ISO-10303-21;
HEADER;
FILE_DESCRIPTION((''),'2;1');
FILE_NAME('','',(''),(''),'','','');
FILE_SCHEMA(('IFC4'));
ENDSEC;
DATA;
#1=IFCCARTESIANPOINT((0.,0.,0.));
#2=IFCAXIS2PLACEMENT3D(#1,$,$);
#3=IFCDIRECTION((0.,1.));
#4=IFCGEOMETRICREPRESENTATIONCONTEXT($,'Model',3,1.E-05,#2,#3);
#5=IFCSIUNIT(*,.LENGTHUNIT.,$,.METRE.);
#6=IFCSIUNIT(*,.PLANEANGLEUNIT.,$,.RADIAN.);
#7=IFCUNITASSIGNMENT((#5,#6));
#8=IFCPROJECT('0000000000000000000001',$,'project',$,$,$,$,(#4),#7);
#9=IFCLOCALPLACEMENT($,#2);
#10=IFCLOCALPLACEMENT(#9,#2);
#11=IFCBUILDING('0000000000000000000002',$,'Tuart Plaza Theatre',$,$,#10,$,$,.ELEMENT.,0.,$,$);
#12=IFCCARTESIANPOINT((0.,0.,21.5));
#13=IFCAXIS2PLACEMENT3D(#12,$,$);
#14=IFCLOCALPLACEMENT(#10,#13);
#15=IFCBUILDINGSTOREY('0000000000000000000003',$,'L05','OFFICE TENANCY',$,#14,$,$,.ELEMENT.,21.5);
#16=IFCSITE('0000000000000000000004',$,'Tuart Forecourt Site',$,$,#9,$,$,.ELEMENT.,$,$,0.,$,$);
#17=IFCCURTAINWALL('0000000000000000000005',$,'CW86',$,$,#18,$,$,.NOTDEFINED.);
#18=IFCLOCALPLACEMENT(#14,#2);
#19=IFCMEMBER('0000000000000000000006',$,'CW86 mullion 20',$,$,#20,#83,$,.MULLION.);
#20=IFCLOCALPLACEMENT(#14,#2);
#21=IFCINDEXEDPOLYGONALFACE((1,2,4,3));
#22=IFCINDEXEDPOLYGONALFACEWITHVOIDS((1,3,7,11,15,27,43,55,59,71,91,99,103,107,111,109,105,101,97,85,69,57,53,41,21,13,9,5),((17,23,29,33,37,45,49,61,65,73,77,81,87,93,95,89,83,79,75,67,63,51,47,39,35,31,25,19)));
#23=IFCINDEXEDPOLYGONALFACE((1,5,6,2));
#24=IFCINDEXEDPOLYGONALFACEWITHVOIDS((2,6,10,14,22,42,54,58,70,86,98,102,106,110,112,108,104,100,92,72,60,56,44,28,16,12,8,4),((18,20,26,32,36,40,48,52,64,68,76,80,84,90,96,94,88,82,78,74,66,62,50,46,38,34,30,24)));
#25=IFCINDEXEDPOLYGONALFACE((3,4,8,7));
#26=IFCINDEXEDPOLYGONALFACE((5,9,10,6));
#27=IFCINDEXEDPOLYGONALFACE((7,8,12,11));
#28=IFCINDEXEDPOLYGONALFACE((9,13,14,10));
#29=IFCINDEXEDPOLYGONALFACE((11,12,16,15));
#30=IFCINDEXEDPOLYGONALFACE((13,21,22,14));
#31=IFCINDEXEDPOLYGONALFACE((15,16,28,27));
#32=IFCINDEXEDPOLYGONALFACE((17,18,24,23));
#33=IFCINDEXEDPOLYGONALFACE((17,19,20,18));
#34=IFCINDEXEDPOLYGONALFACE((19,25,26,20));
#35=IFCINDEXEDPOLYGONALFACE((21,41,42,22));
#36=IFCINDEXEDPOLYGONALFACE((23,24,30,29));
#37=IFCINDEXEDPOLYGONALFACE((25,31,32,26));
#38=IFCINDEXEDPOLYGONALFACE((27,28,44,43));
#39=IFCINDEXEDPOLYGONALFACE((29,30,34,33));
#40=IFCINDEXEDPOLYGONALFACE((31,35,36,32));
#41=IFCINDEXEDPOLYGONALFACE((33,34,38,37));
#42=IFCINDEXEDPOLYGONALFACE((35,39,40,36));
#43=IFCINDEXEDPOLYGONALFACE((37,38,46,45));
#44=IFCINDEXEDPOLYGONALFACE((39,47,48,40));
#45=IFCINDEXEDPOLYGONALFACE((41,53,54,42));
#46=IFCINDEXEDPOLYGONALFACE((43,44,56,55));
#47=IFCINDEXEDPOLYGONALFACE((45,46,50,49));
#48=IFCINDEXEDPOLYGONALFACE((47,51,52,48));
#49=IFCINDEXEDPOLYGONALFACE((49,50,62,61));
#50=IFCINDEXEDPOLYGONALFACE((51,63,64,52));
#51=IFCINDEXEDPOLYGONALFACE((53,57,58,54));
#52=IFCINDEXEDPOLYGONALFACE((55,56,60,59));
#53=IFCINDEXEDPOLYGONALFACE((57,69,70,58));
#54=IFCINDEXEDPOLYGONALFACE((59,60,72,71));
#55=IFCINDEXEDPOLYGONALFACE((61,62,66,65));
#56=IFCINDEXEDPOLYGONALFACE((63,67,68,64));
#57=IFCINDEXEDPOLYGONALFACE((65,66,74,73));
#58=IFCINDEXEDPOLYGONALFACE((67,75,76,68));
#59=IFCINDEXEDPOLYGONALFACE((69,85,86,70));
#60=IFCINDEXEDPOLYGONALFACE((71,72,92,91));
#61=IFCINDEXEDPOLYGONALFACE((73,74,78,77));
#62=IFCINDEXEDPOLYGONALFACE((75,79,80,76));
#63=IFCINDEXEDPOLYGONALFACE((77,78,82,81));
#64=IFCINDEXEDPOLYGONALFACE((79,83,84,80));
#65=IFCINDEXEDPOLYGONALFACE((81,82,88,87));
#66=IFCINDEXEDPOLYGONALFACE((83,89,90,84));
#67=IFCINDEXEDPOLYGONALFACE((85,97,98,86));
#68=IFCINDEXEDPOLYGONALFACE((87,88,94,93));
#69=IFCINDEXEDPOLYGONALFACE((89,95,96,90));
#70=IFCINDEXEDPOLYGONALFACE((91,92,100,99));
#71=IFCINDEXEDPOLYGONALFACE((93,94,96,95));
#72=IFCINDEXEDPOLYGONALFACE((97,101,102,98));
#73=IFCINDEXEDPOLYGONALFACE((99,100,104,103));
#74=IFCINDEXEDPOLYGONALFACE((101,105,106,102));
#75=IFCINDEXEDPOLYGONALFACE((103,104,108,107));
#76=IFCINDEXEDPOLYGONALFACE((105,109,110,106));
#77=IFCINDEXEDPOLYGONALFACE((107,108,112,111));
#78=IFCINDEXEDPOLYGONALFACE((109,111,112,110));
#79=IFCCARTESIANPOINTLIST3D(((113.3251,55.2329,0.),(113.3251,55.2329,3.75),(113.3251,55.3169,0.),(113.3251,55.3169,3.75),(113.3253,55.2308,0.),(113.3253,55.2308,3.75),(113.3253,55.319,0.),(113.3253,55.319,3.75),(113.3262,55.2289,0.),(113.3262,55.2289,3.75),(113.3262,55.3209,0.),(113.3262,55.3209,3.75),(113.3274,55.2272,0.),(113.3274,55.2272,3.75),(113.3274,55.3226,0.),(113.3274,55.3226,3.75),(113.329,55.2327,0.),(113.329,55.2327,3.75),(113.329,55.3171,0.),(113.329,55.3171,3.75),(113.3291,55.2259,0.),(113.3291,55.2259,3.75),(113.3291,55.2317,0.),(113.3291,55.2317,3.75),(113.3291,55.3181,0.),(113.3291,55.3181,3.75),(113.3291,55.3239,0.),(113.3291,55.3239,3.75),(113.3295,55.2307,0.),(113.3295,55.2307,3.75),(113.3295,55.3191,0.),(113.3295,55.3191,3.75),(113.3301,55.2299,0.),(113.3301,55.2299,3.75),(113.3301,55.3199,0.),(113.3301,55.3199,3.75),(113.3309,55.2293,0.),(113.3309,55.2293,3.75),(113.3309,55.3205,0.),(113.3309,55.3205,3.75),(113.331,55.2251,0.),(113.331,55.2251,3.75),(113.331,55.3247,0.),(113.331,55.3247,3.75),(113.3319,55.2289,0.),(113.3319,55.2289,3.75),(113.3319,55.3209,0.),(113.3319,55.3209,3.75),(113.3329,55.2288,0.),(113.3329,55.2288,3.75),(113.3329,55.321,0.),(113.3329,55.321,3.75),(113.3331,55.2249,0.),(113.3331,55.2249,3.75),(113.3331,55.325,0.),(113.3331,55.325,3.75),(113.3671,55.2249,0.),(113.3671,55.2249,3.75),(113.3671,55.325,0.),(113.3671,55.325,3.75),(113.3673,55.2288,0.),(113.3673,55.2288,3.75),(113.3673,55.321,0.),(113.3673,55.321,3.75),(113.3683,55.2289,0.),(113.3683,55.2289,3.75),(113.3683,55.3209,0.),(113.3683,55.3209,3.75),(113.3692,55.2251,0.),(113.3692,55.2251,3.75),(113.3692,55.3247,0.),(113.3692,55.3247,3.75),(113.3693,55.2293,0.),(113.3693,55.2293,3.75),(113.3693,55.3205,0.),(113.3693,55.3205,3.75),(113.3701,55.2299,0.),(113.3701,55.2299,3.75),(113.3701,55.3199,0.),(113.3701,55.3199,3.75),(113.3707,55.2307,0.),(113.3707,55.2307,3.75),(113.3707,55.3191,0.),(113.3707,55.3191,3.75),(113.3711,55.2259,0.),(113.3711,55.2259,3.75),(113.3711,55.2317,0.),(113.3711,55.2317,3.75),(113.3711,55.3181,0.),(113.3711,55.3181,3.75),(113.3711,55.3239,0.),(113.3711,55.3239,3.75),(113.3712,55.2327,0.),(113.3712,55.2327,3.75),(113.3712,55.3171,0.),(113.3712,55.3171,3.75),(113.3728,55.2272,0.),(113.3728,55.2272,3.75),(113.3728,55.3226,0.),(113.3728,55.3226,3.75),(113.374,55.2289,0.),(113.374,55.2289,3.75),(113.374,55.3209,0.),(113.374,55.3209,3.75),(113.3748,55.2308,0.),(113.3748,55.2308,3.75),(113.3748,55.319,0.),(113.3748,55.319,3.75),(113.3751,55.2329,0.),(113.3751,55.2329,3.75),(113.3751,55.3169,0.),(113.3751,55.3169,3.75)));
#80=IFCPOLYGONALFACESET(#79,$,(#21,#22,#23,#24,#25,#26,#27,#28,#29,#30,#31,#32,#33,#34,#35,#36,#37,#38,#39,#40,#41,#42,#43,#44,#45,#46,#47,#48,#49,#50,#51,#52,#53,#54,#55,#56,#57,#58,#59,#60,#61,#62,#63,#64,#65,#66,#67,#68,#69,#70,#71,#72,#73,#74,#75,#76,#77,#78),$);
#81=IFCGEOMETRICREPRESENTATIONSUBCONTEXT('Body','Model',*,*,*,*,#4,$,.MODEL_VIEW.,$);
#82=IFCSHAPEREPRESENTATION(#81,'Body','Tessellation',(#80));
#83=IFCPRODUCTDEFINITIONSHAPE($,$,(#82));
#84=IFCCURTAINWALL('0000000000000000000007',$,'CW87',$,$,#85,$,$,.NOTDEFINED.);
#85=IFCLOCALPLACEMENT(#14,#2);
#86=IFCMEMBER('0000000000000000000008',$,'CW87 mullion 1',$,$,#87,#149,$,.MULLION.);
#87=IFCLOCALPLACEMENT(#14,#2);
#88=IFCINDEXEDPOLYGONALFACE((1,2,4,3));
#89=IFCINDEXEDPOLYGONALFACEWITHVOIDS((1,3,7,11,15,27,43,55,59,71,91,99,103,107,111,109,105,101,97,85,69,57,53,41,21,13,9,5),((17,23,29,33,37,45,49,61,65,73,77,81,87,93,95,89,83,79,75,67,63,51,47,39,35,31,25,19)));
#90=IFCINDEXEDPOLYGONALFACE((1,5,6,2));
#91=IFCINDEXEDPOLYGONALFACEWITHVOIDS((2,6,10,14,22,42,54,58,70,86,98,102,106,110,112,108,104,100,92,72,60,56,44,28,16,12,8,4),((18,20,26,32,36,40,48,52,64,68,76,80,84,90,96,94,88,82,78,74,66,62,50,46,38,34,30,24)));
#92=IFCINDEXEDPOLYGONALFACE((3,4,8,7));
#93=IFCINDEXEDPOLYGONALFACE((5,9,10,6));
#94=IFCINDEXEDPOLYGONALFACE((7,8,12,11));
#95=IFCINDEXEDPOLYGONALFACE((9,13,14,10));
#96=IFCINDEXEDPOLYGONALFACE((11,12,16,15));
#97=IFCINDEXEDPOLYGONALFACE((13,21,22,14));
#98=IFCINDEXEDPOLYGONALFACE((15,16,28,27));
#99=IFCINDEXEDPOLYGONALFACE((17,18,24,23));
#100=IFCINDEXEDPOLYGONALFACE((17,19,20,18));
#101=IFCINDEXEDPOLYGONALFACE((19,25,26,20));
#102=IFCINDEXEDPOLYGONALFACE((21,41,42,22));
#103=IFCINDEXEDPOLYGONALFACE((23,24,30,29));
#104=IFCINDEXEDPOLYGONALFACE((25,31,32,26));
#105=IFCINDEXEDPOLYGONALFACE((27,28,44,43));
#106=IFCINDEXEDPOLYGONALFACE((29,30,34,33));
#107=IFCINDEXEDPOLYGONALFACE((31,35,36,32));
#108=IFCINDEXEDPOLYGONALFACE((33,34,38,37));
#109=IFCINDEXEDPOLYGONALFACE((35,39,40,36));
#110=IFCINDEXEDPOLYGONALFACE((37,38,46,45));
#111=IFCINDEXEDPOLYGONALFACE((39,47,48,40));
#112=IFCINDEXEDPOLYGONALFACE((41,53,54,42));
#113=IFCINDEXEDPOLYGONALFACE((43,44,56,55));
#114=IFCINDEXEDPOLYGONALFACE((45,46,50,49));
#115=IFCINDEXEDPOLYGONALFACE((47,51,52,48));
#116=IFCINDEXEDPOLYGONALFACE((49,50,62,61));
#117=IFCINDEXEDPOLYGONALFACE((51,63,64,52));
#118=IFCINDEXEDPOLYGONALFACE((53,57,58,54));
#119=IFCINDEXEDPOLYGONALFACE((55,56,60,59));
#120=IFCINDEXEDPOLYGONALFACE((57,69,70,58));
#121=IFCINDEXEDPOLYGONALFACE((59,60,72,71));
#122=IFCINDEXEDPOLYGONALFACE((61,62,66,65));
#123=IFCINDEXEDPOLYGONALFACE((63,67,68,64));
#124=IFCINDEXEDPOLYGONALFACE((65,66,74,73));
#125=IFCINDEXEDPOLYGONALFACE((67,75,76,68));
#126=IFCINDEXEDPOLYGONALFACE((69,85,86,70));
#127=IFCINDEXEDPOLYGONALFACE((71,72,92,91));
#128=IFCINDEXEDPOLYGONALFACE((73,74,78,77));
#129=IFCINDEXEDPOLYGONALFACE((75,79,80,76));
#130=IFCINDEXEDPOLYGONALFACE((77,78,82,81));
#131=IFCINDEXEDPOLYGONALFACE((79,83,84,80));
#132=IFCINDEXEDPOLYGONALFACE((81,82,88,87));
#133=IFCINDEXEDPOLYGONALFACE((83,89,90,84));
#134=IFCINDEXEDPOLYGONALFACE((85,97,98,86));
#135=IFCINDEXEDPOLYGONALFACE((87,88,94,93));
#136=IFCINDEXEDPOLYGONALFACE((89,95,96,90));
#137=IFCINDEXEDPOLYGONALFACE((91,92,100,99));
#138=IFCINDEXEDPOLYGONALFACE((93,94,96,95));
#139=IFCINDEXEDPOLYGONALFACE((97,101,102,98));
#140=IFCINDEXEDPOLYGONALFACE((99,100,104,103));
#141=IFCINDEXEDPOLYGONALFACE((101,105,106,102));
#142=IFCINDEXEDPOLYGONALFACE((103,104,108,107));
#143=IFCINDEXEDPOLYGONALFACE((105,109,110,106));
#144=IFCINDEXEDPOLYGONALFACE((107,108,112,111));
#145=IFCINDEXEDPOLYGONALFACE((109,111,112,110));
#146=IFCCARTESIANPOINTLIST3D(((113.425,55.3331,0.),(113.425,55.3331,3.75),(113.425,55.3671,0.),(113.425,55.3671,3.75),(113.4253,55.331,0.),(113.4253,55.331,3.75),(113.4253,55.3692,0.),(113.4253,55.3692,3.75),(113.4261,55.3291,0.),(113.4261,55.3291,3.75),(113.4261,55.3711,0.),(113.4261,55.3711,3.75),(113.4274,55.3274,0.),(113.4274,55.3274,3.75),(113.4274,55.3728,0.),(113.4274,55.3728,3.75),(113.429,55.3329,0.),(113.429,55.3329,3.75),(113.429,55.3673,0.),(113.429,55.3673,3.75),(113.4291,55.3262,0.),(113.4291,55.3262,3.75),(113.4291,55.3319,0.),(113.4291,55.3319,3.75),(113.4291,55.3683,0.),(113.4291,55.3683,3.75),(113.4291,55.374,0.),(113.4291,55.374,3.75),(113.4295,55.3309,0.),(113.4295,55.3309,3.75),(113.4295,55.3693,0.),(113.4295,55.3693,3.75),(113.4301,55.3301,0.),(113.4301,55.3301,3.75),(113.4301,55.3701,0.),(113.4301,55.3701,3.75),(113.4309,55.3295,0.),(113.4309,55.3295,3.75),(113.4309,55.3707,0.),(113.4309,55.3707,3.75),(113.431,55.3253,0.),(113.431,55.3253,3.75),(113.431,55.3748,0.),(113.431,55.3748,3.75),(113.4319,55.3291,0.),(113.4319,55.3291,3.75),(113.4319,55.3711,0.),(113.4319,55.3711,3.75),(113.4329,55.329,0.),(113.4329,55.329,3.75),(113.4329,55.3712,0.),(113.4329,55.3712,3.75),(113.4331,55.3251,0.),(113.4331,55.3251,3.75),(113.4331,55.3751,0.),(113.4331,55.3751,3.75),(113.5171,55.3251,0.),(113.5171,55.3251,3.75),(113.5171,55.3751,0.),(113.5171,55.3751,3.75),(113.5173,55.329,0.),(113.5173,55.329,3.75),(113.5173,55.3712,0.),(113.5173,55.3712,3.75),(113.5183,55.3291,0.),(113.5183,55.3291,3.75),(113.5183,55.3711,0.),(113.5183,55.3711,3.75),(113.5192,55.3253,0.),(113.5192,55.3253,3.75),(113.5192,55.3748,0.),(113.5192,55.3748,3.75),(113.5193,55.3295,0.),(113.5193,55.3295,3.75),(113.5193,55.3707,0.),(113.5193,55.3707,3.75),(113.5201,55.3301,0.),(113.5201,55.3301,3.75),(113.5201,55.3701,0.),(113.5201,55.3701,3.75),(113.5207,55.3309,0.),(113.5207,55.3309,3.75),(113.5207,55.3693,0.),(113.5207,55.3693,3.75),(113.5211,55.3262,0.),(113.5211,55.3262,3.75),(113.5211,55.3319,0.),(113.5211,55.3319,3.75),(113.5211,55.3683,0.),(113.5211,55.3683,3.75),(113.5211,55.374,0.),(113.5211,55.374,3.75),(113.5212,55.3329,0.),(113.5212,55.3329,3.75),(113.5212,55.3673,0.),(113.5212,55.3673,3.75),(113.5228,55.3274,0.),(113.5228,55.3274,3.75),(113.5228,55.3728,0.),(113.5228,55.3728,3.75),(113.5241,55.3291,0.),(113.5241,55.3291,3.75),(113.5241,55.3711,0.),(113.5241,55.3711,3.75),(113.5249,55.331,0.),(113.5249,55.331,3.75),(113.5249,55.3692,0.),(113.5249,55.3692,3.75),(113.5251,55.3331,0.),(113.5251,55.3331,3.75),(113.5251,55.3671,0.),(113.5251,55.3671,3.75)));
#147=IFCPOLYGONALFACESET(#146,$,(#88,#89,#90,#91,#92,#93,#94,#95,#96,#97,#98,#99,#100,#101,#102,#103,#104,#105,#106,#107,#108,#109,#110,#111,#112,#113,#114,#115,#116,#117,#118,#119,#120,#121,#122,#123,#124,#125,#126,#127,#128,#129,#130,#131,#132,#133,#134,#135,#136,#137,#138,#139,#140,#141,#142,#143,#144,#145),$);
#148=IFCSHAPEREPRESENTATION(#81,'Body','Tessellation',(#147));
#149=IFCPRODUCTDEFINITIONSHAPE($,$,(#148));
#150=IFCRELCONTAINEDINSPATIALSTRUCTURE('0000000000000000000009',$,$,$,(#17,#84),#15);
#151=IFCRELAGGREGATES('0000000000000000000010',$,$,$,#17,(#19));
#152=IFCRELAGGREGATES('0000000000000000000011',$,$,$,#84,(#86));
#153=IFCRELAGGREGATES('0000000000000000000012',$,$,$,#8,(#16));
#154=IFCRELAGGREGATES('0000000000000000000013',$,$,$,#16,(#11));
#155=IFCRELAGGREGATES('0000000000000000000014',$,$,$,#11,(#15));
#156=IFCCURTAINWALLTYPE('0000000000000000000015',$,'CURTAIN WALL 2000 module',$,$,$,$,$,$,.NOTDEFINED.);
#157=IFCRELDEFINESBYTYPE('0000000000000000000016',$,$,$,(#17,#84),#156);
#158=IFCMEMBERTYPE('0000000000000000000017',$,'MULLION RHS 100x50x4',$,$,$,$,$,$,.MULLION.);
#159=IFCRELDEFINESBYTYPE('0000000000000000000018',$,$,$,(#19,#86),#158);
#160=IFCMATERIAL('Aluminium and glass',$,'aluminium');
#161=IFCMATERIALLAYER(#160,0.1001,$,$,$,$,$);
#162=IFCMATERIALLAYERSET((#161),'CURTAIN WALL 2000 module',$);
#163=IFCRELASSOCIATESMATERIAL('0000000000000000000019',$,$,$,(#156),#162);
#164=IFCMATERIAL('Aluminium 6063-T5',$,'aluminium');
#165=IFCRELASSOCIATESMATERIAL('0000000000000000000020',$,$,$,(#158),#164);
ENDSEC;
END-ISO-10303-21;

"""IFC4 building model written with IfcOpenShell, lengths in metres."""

from ifc_helpers import new_model, si_unit, direction, frame, origin, origin_2d, place, context, subcontext, project, spatial, hollow_rectangle, extrude, material, layer, layer_set, material_profile, profile_set, type_object, element, aggregate, save


model = new_model("IFC4")

# Units and contexts
model_context = context("Model", 3, precision=1e-05, world=origin(), true_north=direction((0.0, 1.0)))
body_context = subcontext(model_context, "Body", "Model", "MODEL_VIEW")
ifc_project = project(units=[si_unit("LENGTHUNIT", "METRE"), si_unit("PLANEANGLEUNIT", "RADIAN")], contexts=[model_context])

# Site, building, storey
site_placement = place(None, origin())
site = spatial("IfcSite", under=ifc_project, at=site_placement, Name="Tuart Forecourt Site", CompositionType="ELEMENT", RefElevation=0.0)
building_placement = place(site_placement, origin())
building = spatial("IfcBuilding", under=site, at=building_placement, Name="Tuart Plaza Theatre", CompositionType="ELEMENT", ElevationOfRefHeight=0.0)
storey_placement = place(building_placement, frame((0.0, 0.0, 21.5)))
storey = spatial("IfcBuildingStorey", under=building, at=storey_placement, Name="L05", Description="OFFICE TENANCY", CompositionType="ELEMENT", Elevation=21.5)

# Curtain walls, members
ifc_material_1 = material(Name="Aluminium and glass", Category="aluminium")
ifc_layer_1 = layer(ifc_material_1, 0.1001)
ifc_layer_set_1 = layer_set([ifc_layer_1], Name="CURTAIN WALL 2000 module")
curtain_wall_type = type_object("IfcCurtainWallType", Name="CURTAIN WALL 2000 module", PredefinedType="NOTDEFINED", material=ifc_layer_set_1)
curtain_wall_1_placement = place(storey_placement, origin())
curtain_wall_1 = element("IfcCurtainWall", 1, at=curtain_wall_1_placement, inside=storey, type_object=curtain_wall_type, Name="CW86", PredefinedType="NOTDEFINED")
ifc_material_2 = material(Name="Aluminium 6063-T5", Category="aluminium")
ifc_material_profile_1 = material_profile(ifc_material_2, hollow_rectangle(XDim=0.05, YDim=0.1001, WallThickness=0.0039, InnerFilletRadius=0.0039, OuterFilletRadius=0.0081, at=origin_2d()), Name="RHS 100x50x4")
ifc_profile_set_1 = profile_set([ifc_material_profile_1], Name="Aluminium 6063-T5")
member_type_1 = type_object("IfcMemberType", Name="MULLION RHS 100x50x4", PredefinedType="MULLION", material=ifc_profile_set_1)
member_1_placement = place(storey_placement, frame((113.3501, 55.2749, 0.0), z_axis=(0.0, 0.0, 1.0), x_axis=(1.0, 0.0, 0.0)))
member_1 = element("IfcMember", 2, at=member_1_placement, type_object=member_type_1, Name="CW86 mullion 20", PredefinedType="MULLION", context=body_context, shape_type="SweptSolid", body=[
    extrude(hollow_rectangle(XDim=0.05, YDim=0.1001, WallThickness=0.0039, InnerFilletRadius=0.0039, OuterFilletRadius=0.0081, at=origin_2d()), origin(), (0.0, 0.0, 1.0), 3.75),
])
curtain_wall_2_placement = place(storey_placement, origin())
curtain_wall_2 = element("IfcCurtainWall", 3, at=curtain_wall_2_placement, inside=storey, type_object=curtain_wall_type, Name="CW87", PredefinedType="NOTDEFINED")
member_2_placement = place(storey_placement, frame((113.4751, 55.3501, 0.0), z_axis=(0.0, 0.0, 1.0), x_axis=(0.0, 1.0, 0.0)))
member_2 = element("IfcMember", 4, at=member_2_placement, type_object=member_type_1, Name="CW87 mullion 1", PredefinedType="MULLION", context=body_context, shape_type="SweptSolid", body=[
    extrude(hollow_rectangle(XDim=0.05, YDim=0.1001, WallThickness=0.0039, InnerFilletRadius=0.0039, OuterFilletRadius=0.0081, at=origin_2d()), origin(), (0.0, 0.0, 1.0), 3.75),
])

aggregate(curtain_wall_1, [member_1])
aggregate(curtain_wall_2, [member_2])

save(model, "model.ifc")
